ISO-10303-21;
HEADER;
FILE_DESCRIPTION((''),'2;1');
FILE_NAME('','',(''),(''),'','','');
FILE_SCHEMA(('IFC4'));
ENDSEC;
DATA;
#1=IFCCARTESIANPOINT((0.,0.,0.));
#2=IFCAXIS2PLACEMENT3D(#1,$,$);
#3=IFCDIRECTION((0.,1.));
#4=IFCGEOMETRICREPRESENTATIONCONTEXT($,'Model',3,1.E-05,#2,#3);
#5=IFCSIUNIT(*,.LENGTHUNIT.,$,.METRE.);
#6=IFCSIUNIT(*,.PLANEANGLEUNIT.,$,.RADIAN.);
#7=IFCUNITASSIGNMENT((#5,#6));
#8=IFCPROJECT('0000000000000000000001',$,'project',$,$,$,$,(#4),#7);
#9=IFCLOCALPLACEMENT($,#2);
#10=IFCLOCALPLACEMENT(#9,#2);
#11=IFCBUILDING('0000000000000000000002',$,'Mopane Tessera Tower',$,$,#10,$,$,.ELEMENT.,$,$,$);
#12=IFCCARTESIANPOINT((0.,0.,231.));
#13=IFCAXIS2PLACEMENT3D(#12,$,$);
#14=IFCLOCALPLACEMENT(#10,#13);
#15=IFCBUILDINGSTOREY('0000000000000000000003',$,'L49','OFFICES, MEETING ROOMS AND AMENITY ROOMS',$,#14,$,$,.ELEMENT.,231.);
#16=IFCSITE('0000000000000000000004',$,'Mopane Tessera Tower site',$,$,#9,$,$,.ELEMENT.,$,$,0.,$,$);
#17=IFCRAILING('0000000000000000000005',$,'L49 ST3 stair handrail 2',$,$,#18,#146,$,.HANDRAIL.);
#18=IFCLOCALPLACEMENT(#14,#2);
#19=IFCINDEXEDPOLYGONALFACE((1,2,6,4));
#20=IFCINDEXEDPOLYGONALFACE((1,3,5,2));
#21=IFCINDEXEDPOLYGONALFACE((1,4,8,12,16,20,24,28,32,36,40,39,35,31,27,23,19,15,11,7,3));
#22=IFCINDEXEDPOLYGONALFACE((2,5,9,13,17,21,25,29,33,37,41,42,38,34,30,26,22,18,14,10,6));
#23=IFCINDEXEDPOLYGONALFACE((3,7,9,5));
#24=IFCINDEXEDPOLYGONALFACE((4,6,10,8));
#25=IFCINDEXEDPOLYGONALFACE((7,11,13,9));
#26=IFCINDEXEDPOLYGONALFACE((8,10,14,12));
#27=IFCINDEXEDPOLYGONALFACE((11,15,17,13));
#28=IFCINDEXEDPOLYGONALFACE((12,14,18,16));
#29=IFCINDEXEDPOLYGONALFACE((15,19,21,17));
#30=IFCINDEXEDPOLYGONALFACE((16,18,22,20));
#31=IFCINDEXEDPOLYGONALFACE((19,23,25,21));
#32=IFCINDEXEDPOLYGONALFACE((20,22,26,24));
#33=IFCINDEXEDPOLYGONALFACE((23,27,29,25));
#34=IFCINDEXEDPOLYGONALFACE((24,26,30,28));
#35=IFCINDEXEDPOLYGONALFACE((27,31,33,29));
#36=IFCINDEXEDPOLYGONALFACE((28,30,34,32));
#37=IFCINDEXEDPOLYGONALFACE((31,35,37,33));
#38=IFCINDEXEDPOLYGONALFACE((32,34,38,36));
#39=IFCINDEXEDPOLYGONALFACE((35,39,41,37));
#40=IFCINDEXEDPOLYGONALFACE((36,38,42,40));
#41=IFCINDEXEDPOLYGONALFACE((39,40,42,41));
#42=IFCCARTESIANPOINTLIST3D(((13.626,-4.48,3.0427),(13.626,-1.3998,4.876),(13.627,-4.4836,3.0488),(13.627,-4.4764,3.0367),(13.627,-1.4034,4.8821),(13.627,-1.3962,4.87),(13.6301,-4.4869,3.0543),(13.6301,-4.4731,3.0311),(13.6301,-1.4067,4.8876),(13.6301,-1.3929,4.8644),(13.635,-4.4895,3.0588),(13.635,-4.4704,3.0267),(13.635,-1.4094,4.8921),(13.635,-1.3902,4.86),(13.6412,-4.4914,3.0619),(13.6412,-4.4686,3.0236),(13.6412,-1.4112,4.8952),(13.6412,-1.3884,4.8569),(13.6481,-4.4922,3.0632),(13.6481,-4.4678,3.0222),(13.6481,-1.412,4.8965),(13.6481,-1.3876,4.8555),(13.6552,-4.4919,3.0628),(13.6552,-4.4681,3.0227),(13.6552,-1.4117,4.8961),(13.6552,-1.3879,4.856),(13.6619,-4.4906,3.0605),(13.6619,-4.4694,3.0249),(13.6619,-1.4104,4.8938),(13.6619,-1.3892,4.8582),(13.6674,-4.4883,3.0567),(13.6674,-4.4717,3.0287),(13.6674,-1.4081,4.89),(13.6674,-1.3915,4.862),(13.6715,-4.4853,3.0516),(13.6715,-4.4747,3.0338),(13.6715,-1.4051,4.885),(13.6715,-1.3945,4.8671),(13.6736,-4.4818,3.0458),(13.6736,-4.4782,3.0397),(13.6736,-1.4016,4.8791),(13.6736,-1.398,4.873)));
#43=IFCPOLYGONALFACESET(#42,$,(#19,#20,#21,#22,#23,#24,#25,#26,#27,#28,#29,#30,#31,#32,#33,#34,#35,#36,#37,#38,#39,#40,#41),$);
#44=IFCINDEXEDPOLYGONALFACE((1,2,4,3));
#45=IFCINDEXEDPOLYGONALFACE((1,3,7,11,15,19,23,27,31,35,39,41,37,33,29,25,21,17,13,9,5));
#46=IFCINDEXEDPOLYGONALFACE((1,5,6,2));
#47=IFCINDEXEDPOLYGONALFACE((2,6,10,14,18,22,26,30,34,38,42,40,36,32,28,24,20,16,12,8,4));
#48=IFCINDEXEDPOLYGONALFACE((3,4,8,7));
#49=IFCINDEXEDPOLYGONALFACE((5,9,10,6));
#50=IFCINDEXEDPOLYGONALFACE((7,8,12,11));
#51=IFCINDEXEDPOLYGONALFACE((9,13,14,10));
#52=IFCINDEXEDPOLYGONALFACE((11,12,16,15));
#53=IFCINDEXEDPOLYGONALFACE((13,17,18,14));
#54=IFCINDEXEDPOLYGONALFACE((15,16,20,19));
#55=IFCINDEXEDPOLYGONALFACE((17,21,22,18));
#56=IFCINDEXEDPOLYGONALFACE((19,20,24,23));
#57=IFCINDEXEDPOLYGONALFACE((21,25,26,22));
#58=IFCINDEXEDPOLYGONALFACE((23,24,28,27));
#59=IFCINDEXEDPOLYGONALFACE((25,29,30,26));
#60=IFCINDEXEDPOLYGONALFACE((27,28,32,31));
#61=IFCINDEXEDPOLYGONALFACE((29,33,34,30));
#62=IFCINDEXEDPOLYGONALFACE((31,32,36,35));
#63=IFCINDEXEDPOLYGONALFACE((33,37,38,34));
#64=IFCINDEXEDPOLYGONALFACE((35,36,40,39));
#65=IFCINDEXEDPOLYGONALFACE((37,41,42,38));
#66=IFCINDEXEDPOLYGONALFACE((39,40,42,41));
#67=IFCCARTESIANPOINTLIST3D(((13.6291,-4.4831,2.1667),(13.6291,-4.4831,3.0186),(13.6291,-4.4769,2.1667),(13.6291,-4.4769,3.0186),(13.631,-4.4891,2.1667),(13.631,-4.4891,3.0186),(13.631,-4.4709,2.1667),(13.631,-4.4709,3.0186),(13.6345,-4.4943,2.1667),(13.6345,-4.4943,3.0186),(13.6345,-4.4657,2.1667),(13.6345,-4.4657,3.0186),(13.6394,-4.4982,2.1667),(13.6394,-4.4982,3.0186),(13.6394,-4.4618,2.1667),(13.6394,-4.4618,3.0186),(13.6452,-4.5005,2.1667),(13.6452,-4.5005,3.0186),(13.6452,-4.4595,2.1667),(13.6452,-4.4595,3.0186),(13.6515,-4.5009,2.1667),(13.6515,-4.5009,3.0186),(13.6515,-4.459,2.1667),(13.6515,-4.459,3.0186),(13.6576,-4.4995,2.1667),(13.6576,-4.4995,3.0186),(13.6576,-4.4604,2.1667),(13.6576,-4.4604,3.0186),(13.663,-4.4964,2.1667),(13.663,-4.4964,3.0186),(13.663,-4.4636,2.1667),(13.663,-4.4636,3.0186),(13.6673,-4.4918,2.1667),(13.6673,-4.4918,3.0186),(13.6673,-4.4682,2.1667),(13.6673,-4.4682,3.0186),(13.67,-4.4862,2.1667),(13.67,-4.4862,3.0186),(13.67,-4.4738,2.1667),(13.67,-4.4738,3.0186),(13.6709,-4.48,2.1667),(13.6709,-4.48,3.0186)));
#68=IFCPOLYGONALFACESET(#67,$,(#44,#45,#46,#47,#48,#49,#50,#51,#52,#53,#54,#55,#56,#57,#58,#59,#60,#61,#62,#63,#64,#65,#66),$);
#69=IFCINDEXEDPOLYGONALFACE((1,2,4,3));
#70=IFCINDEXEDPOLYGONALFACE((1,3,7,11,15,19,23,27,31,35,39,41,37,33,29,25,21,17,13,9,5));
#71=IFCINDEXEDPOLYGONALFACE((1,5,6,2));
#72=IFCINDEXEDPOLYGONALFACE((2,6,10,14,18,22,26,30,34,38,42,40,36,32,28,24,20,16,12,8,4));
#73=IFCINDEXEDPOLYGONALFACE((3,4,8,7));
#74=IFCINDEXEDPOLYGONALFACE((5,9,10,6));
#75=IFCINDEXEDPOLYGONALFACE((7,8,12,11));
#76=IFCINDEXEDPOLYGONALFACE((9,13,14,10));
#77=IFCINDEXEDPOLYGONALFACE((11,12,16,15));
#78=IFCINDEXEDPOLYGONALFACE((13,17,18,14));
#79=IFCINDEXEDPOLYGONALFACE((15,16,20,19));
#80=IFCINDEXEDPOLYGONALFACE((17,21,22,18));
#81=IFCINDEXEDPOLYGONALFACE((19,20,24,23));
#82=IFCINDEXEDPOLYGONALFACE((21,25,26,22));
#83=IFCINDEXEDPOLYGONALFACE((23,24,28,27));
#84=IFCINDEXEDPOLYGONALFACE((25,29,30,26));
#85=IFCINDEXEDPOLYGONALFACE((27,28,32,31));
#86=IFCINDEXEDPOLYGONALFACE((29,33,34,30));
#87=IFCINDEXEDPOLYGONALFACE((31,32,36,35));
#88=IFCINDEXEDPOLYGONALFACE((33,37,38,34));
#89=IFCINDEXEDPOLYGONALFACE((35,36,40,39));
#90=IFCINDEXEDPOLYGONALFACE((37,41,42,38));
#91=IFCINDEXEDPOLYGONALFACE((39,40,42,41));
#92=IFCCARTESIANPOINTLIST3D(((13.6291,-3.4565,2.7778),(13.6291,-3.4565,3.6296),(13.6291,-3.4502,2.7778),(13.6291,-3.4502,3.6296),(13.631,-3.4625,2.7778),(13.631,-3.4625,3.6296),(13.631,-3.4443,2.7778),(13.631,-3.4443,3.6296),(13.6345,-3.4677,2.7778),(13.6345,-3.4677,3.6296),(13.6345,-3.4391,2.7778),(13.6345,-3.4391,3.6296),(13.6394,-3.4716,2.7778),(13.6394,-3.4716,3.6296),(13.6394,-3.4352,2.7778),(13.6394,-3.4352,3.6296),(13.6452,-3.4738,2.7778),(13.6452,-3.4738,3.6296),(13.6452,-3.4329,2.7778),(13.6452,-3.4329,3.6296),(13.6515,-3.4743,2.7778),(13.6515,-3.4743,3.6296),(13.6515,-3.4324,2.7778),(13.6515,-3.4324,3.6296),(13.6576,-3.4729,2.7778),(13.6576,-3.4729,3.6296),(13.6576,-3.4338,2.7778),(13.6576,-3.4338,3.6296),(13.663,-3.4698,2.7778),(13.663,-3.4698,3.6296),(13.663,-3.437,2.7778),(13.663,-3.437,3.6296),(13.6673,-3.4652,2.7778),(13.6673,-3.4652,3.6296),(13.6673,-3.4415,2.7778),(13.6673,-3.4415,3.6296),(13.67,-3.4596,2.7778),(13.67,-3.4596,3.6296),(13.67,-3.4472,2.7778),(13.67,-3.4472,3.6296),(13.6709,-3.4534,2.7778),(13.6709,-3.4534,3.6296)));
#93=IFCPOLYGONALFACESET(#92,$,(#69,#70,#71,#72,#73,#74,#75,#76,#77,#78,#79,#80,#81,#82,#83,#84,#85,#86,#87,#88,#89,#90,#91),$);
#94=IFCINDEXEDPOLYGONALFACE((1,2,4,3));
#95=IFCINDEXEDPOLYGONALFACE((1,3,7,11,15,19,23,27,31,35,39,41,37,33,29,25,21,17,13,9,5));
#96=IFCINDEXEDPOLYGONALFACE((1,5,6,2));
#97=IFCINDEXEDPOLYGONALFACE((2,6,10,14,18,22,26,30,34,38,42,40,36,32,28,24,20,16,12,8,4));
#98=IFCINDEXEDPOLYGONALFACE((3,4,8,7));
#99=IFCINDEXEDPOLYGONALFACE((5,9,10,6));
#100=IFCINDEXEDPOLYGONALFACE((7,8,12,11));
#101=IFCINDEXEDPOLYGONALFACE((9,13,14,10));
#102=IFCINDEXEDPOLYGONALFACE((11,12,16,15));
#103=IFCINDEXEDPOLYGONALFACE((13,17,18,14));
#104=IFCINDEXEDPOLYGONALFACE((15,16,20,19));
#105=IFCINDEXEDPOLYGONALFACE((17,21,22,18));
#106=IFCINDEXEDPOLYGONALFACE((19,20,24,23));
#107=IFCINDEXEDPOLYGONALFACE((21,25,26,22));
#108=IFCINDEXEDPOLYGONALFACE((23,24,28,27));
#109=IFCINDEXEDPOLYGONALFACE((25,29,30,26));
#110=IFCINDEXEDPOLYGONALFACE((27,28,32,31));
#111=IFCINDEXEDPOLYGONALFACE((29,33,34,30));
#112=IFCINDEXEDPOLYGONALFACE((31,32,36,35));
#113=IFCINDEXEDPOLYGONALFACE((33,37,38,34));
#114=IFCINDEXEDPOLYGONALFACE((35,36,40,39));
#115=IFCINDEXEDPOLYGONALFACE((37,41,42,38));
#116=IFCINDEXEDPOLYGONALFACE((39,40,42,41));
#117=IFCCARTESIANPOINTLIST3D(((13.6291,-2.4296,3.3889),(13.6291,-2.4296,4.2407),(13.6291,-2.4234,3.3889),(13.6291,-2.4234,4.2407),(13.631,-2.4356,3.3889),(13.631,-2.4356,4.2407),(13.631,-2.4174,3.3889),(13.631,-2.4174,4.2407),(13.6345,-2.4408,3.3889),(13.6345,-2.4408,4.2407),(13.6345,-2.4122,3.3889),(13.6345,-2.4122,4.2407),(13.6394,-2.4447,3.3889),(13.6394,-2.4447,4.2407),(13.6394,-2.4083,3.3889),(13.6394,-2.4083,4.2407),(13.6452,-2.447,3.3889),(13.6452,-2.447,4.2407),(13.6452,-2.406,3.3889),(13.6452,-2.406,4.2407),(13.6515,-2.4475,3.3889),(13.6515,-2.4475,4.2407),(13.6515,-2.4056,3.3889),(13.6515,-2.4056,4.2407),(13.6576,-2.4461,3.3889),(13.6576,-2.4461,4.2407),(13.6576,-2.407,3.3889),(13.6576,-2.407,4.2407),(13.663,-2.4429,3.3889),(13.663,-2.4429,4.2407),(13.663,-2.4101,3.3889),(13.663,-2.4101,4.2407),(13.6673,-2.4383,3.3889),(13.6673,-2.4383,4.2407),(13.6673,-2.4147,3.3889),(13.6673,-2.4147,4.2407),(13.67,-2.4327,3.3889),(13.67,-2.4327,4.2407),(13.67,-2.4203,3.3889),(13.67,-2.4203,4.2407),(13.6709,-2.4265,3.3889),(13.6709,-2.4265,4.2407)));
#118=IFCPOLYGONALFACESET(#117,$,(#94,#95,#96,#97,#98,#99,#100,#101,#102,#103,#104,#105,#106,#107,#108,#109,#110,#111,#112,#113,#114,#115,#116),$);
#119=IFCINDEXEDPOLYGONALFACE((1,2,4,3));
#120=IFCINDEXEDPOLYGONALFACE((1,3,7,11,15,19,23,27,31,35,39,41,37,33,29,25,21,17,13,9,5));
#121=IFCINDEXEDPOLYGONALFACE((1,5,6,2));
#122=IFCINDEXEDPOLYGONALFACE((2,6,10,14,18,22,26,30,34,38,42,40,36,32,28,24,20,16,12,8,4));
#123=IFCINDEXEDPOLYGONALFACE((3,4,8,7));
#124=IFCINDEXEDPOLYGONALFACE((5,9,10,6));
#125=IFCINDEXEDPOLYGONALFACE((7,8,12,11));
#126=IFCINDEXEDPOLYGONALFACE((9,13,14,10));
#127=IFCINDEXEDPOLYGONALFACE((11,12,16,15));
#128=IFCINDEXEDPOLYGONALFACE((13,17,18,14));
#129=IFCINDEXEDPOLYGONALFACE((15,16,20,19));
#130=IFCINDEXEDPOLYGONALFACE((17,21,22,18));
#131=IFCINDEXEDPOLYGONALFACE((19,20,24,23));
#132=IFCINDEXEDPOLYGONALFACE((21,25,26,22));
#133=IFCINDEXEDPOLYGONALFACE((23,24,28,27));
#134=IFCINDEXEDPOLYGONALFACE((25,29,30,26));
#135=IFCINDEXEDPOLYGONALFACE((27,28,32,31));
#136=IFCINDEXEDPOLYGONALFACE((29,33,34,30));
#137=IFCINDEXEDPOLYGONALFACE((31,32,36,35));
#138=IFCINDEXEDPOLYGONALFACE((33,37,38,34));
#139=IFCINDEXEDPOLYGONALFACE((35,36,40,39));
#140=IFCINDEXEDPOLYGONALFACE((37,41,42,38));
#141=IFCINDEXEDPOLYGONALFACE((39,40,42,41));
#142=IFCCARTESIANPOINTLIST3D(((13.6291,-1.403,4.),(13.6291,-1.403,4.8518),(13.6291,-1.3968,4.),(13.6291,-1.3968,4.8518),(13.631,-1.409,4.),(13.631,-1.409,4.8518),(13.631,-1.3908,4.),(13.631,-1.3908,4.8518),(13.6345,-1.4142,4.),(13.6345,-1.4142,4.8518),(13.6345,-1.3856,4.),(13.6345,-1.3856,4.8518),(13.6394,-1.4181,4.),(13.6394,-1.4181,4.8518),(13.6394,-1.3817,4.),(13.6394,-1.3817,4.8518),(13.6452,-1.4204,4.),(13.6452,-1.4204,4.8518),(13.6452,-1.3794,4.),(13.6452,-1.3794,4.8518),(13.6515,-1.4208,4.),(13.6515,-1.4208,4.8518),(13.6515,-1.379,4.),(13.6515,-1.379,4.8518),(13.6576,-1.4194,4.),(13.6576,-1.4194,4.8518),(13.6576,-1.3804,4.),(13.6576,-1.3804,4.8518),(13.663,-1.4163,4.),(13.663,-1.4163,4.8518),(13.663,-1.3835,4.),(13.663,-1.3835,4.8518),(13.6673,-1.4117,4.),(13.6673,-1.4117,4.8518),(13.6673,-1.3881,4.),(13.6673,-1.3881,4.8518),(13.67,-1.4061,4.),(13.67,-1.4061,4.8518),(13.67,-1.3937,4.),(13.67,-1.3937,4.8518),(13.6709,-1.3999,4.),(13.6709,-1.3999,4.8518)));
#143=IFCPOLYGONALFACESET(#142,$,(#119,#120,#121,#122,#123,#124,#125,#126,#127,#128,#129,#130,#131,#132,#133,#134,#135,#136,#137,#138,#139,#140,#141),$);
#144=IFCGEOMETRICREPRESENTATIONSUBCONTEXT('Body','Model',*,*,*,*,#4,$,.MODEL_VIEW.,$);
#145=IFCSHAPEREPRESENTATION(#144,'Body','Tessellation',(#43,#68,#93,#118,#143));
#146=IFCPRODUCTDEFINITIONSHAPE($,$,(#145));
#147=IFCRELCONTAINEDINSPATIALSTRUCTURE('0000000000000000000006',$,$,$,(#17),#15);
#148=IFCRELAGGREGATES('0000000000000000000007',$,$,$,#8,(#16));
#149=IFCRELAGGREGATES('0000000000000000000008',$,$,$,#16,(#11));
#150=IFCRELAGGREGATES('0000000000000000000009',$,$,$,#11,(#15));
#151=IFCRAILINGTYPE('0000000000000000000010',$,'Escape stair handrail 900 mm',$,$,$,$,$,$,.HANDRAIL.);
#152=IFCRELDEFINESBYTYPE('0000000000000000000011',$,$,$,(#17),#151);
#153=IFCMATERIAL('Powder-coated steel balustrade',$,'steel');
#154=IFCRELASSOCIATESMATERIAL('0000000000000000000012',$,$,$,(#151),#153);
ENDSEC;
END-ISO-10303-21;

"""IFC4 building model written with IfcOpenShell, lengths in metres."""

from ifc_helpers import new_model, si_unit, direction, frame, origin, origin_2d, place, context, subcontext, project, spatial, circle, extrude, material, type_object, element, save


model = new_model("IFC4")

# Units and contexts
model_context = context("Model", 3, precision=1e-05, world=origin(), true_north=direction((0.0, 1.0)))
body_context = subcontext(model_context, "Body", "Model", "MODEL_VIEW")
ifc_project = project(units=[si_unit("LENGTHUNIT", "METRE"), si_unit("PLANEANGLEUNIT", "RADIAN")], contexts=[model_context])

# Site, building, storey
site_placement = place(None, origin())
site = spatial("IfcSite", under=ifc_project, at=site_placement, Name="Mopane Tessera Tower site", CompositionType="ELEMENT", RefElevation=0.0)
building_placement = place(site_placement, origin())
building = spatial("IfcBuilding", under=site, at=building_placement, Name="Mopane Tessera Tower", CompositionType="ELEMENT")
storey_placement = place(building_placement, frame((0.0, 0.0, 231.0)))
storey = spatial("IfcBuildingStorey", under=building, at=storey_placement, Name="L49", Description="OFFICES, MEETING ROOMS AND AMENITY ROOMS", CompositionType="ELEMENT", Elevation=231.0)

# Railing
ifc_material_1 = material(Name="Powder-coated steel balustrade", Category="steel")
railing_type_1 = type_object("IfcRailingType", Name="Escape stair handrail 900 mm", PredefinedType="HANDRAIL", material=ifc_material_1)
railing_1_placement = place(storey_placement, frame((13.6499, -4.48, 2.1667)))
element("IfcRailing", 1, at=railing_1_placement, inside=storey, type_object=railing_type_1, Name="L49 ST3 stair handrail 2", PredefinedType="HANDRAIL", context=body_context, shape_type="SweptSolid", body=[
    extrude(circle(Radius=0.0239, at=origin_2d()), frame((0.0, 0.0, 0.876), z_axis=(0.0, 0.859309, 0.511458), x_axis=(-1.0, 0.0, 0.0)), (0.0, 0.0, 1.0), 3.5845),
    extrude(circle(Radius=0.021, at=origin_2d()), origin(), (0.0, 0.0, 1.0), 0.8518),
    extrude(circle(Radius=0.021, at=origin_2d()), frame((0.0, 1.0266, 0.6111)), (0.0, 0.0, 1.0), 0.8518),
    extrude(circle(Radius=0.021, at=origin_2d()), frame((0.0, 2.0535, 1.2222)), (0.0, 0.0, 1.0), 0.8518),
    extrude(circle(Radius=0.021, at=origin_2d()), frame((0.0, 3.0801, 1.8333)), (0.0, 0.0, 1.0), 0.8518),
])

save(model, "model.ifc")
